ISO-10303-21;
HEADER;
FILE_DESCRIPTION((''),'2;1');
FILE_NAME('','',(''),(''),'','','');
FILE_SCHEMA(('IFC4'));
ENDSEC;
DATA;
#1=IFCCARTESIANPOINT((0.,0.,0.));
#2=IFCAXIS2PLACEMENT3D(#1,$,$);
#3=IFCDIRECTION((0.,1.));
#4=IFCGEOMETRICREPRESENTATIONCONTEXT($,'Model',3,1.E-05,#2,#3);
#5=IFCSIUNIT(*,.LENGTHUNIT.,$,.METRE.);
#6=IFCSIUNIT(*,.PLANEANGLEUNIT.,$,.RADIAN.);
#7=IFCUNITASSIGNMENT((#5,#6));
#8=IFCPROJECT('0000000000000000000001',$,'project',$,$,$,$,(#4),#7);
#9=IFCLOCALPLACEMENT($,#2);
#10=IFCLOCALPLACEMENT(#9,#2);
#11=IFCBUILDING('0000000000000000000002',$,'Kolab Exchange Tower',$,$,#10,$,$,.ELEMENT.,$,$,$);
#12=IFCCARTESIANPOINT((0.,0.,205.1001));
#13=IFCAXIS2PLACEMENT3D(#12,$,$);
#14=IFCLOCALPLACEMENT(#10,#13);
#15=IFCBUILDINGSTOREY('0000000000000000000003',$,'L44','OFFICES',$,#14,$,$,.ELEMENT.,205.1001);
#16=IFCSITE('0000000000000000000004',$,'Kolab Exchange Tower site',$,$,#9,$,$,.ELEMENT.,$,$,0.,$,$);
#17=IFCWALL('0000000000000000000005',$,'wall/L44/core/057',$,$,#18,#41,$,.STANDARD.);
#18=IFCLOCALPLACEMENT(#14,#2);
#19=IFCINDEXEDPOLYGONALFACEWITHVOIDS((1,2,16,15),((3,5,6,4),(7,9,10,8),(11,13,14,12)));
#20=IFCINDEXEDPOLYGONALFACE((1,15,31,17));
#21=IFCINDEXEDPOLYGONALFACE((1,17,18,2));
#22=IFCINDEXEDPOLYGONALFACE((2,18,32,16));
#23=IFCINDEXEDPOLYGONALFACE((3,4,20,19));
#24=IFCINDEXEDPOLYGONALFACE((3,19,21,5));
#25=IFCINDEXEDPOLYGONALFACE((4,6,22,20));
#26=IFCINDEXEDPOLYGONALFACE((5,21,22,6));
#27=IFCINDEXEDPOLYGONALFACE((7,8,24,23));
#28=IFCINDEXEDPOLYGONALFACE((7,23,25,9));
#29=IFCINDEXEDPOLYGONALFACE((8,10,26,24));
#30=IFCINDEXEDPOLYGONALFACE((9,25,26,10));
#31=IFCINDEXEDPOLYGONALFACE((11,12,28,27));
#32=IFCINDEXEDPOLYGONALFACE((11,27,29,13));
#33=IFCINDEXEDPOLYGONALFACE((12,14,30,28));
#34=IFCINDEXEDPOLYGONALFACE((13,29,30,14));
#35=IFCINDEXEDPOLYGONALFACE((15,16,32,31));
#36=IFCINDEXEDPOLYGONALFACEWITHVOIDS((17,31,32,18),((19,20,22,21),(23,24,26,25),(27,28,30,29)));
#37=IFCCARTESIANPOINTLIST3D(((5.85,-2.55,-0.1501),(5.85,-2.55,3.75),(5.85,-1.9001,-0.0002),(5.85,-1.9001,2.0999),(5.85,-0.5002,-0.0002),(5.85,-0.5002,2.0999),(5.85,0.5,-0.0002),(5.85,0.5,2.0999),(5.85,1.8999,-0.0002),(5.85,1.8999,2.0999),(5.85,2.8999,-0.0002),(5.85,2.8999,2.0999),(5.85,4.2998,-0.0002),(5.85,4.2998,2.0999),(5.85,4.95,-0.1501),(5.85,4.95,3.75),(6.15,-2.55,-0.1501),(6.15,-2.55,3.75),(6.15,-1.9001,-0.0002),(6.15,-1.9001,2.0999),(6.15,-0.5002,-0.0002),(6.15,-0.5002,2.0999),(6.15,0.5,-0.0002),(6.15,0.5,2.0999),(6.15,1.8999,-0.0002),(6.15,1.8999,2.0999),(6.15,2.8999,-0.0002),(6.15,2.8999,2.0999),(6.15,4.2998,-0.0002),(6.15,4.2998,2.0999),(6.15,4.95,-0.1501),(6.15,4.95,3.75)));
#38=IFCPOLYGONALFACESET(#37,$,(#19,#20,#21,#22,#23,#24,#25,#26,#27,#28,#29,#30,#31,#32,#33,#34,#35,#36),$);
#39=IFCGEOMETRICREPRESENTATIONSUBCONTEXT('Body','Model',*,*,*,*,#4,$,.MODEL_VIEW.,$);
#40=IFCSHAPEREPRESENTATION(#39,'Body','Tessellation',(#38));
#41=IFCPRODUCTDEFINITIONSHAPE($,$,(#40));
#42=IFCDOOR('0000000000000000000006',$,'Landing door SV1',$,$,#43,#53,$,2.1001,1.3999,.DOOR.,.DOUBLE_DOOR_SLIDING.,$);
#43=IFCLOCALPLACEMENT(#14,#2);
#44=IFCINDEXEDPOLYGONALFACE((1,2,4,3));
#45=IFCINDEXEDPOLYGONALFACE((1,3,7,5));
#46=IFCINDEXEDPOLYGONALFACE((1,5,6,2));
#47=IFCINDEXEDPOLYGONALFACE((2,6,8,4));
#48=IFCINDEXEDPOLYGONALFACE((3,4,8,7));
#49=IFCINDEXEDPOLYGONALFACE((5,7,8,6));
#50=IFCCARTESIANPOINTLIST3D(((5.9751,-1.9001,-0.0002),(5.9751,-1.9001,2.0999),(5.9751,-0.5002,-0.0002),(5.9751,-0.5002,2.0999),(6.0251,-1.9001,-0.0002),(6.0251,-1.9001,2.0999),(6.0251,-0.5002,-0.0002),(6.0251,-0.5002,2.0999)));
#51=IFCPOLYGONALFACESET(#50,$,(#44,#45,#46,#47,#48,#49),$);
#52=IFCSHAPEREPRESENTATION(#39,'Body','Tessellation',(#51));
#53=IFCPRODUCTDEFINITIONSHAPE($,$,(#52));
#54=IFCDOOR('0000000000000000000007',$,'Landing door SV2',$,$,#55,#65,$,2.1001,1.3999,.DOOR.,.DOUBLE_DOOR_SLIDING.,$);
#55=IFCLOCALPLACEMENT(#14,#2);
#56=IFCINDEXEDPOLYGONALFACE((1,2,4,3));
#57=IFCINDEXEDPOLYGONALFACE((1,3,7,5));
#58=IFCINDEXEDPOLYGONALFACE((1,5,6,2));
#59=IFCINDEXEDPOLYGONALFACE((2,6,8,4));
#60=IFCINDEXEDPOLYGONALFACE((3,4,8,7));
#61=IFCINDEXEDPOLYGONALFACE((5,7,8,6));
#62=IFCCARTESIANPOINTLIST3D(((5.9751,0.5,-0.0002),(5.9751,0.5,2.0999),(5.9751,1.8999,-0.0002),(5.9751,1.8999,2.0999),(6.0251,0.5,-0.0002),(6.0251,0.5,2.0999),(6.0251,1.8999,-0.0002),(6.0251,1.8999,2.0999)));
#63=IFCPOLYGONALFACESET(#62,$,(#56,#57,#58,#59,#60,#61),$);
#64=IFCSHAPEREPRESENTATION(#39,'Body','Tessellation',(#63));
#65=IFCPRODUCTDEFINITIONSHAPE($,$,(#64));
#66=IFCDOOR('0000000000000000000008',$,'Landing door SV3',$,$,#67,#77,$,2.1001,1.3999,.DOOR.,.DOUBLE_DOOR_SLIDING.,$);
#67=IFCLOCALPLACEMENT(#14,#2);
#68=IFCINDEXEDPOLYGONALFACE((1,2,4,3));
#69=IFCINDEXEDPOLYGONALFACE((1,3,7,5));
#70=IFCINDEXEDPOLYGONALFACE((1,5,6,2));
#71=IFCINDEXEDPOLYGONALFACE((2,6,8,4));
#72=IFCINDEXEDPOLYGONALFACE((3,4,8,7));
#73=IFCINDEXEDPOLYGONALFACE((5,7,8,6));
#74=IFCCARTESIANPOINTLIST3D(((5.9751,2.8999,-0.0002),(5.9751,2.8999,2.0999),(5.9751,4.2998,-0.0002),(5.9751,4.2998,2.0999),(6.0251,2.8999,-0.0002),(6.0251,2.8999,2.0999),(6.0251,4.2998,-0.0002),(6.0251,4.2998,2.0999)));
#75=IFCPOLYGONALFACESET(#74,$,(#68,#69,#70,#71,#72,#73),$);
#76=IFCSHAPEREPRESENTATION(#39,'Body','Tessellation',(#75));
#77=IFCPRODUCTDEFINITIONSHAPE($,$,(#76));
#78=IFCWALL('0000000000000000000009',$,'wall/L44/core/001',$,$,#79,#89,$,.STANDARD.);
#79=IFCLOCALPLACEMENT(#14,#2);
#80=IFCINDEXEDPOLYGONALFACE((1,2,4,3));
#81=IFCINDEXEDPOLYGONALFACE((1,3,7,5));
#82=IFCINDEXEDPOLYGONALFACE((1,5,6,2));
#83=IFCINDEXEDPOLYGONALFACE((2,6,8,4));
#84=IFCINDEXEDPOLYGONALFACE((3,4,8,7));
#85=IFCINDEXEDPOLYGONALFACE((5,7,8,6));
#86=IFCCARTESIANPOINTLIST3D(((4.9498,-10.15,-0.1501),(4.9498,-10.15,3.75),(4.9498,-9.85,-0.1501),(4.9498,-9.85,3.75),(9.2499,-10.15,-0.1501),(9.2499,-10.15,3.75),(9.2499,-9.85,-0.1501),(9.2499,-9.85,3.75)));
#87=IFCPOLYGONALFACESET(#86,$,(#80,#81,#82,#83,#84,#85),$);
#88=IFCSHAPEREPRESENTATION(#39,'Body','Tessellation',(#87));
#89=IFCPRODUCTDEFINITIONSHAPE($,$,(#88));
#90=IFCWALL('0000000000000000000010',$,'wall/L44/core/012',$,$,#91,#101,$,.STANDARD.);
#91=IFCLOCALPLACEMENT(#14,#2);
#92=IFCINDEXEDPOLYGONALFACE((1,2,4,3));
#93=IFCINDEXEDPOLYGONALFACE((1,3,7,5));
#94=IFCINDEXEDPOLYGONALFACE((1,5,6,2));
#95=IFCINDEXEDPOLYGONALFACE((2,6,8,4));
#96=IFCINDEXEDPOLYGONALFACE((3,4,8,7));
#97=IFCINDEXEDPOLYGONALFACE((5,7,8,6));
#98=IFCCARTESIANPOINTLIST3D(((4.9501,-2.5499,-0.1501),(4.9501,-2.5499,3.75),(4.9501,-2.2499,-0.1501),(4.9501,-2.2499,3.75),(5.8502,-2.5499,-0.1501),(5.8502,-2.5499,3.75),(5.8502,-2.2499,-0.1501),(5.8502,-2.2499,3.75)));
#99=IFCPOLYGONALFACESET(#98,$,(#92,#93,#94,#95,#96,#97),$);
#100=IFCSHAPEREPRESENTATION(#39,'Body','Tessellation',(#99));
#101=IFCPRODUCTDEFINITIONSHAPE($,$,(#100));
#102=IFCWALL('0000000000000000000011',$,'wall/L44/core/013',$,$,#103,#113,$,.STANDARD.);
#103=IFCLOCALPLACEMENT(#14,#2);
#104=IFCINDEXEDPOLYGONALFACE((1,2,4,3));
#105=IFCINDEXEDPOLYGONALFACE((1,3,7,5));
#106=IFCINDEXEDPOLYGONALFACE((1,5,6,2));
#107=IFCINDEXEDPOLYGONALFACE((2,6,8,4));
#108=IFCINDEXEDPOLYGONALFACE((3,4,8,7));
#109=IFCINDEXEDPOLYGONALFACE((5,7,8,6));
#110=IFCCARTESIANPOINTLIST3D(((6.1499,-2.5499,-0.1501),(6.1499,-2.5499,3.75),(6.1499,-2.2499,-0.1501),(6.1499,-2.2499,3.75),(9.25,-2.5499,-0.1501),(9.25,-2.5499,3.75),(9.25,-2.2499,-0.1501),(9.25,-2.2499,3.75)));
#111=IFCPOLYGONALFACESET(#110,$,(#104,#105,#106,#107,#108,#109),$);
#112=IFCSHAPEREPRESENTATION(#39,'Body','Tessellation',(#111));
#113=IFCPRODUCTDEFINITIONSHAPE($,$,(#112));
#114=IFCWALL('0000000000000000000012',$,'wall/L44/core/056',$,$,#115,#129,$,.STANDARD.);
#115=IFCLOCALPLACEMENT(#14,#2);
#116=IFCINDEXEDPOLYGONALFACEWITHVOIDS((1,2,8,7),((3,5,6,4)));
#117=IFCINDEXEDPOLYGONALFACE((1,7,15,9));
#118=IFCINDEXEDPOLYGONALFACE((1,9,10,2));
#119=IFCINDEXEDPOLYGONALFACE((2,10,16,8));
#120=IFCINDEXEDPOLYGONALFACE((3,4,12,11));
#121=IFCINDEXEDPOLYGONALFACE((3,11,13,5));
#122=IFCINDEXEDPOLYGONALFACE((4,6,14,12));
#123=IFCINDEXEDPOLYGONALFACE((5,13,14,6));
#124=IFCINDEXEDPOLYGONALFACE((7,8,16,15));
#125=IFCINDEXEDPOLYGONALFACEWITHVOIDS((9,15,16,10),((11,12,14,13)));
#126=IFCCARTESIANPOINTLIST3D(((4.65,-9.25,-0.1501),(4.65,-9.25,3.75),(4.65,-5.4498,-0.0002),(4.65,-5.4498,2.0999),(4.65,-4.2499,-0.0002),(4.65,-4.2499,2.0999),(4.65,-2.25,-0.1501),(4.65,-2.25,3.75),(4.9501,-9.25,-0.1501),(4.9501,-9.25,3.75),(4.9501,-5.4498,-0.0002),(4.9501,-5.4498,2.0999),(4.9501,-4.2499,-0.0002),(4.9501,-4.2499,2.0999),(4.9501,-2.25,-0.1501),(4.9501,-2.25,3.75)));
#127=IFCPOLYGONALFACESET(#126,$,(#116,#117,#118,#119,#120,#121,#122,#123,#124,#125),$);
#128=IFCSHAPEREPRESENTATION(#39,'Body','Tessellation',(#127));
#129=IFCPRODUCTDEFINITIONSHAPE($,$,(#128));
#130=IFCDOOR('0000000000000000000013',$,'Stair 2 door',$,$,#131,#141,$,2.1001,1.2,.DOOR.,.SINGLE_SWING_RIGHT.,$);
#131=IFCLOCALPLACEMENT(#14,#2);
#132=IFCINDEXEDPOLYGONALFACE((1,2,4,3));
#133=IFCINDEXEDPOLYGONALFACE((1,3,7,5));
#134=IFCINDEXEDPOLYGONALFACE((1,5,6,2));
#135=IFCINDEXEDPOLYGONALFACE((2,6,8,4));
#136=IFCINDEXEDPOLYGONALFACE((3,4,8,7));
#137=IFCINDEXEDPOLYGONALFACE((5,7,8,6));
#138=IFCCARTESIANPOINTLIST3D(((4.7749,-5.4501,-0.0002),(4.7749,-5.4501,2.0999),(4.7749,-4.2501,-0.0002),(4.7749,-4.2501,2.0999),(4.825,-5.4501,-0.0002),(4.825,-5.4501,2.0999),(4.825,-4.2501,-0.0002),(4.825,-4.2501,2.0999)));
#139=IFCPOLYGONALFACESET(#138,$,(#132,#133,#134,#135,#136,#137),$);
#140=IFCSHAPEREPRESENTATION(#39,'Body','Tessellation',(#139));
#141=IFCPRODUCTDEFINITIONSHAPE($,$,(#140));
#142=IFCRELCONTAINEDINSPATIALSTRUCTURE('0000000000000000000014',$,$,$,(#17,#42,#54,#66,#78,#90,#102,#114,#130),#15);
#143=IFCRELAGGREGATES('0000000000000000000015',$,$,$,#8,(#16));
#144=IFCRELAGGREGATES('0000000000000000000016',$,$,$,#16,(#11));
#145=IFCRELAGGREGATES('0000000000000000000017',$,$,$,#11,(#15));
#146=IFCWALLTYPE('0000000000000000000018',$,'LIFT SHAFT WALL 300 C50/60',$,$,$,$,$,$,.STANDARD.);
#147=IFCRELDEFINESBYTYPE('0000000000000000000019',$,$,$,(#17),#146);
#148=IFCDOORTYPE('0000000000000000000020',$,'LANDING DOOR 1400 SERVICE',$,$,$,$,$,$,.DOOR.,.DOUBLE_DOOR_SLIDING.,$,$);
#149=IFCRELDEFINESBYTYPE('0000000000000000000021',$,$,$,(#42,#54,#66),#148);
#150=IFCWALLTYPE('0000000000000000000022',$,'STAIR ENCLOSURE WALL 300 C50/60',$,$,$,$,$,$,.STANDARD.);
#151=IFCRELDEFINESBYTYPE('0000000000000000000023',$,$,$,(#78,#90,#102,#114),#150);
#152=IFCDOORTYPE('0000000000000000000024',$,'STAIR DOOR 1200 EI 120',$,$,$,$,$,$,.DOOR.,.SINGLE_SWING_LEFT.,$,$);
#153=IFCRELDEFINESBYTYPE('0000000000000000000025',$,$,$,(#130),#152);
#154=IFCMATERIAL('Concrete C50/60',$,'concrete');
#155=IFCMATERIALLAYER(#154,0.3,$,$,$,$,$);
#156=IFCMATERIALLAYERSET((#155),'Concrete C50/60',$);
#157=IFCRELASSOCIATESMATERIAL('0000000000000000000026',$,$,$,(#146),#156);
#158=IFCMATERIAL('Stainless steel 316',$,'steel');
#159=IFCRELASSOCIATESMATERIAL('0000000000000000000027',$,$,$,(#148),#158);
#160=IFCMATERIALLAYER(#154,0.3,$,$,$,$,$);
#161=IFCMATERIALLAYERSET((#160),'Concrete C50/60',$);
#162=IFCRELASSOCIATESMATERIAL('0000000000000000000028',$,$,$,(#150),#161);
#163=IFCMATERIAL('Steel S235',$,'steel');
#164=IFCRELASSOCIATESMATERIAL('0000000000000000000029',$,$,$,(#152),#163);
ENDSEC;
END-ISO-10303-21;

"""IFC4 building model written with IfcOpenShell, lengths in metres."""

from ifc_helpers import new_model, si_unit, direction, frame, frame_2d, origin, place, context, subcontext, project, spatial, rectangle, extrude, material, layer, layer_set, type_object, element, fill, save


model = new_model("IFC4")

# Units and contexts
model_context = context("Model", 3, precision=1e-05, world=origin(), true_north=direction((0.0, 1.0)))
body_context = subcontext(model_context, "Body", "Model", "MODEL_VIEW")
ifc_project = project(units=[si_unit("LENGTHUNIT", "METRE"), si_unit("PLANEANGLEUNIT", "RADIAN")], contexts=[model_context])

# Site, building, storey
site_placement = place(None, origin())
site = spatial("IfcSite", under=ifc_project, at=site_placement, Name="Kolab Exchange Tower site", CompositionType="ELEMENT", RefElevation=0.0)
building_placement = place(site_placement, origin())
building = spatial("IfcBuilding", under=site, at=building_placement, Name="Kolab Exchange Tower", CompositionType="ELEMENT")
storey_placement = place(building_placement, frame((0.0, 0.0, 205.1001)))
storey = spatial("IfcBuildingStorey", under=building, at=storey_placement, Name="L44", Description="OFFICES", CompositionType="ELEMENT", Elevation=205.1001)

# Shared definitions
ifc_material_1 = material(Name="Concrete C50/60", Category="concrete")
ifc_layer_1 = layer(ifc_material_1, 0.3)
ifc_layer_set_1 = layer_set([ifc_layer_1], Name="Concrete C50/60")
wall_type_1 = type_object("IfcWallType", Name="LIFT SHAFT WALL 300 C50/60", PredefinedType="STANDARD", material=ifc_layer_set_1)
ifc_material_2 = material(Name="Stainless steel 316", Category="steel")

# Wall, openings, doors
wall_1_placement = place(storey_placement, frame((6.0, -2.55, -0.1501), z_axis=(0.0, 0.0, 1.0), x_axis=(0.0, 1.0, 0.0)))
wall_1 = element("IfcWall", 1, at=wall_1_placement, inside=storey, type_object=wall_type_1, Name="wall/L44/core/057", PredefinedType="STANDARD", context=body_context, shape_type="SweptSolid", body=[
    extrude(rectangle(XDim=7.5, YDim=0.3, at=frame_2d((3.75, 0.0))), origin(), (0.0, 0.0, 1.0), 3.9001),
])
opening_1_placement = place(wall_1_placement, frame((0.6499, 0.0, 0.1499)))
opening_1 = element("IfcOpeningElement", 2, at=opening_1_placement, cuts=wall_1, PredefinedType="OPENING", context=body_context, shape_type="SweptSolid", body=[
    extrude(rectangle(XDim=1.3999, YDim=2.1001, at=frame_2d((0.7, 1.05))), frame((0.0, 0.1602, 0.0), z_axis=(0.0, -1.0, 0.0), x_axis=(1.0, 0.0, 0.0)), (0.0, 0.0, 1.0), 0.3201),
])
opening_2_placement = place(wall_1_placement, frame((3.05, 0.0, 0.1499)))
opening_2 = element("IfcOpeningElement", 3, at=opening_2_placement, cuts=wall_1, PredefinedType="OPENING", context=body_context, shape_type="SweptSolid", body=[
    extrude(rectangle(XDim=1.3999, YDim=2.1001, at=frame_2d((0.7, 1.05))), frame((0.0, 0.1602, 0.0), z_axis=(0.0, -1.0, 0.0), x_axis=(1.0, 0.0, 0.0)), (0.0, 0.0, 1.0), 0.3201),
])
opening_3_placement = place(wall_1_placement, frame((5.45, 0.0, 0.1499)))
opening_3 = element("IfcOpeningElement", 4, at=opening_3_placement, cuts=wall_1, PredefinedType="OPENING", context=body_context, shape_type="SweptSolid", body=[
    extrude(rectangle(XDim=1.3999, YDim=2.1001, at=frame_2d((0.7, 1.05))), frame((0.0, 0.1602, 0.0), z_axis=(0.0, -1.0, 0.0), x_axis=(1.0, 0.0, 0.0)), (0.0, 0.0, 1.0), 0.3201),
])
door_type_1 = type_object("IfcDoorType", Name="LANDING DOOR 1400 SERVICE", OperationType="DOUBLE_DOOR_SLIDING", PredefinedType="DOOR", material=ifc_material_2)
door_1_placement = place(opening_1_placement, origin())
door_1 = element("IfcDoor", 5, at=door_1_placement, inside=storey, type_object=door_type_1, Name="Landing door SV1", OperationType="DOUBLE_DOOR_SLIDING", OverallHeight=2.1001, OverallWidth=1.3999, PredefinedType="DOOR", context=body_context, shape_type="SweptSolid", body=[
    extrude(rectangle(XDim=1.3999, YDim=2.1001, at=frame_2d((0.7, 1.05))), frame((0.0, 0.0249, 0.0), z_axis=(0.0, -1.0, 0.0), x_axis=(1.0, 0.0, 0.0)), (0.0, 0.0, 1.0), 0.05),
])
fill(opening_1, door_1)
door_2_placement = place(opening_2_placement, origin())
door_2 = element("IfcDoor", 6, at=door_2_placement, inside=storey, type_object=door_type_1, Name="Landing door SV2", OperationType="DOUBLE_DOOR_SLIDING", OverallHeight=2.1001, OverallWidth=1.3999, PredefinedType="DOOR", context=body_context, shape_type="SweptSolid", body=[
    extrude(rectangle(XDim=1.3999, YDim=2.1001, at=frame_2d((0.7, 1.05))), frame((0.0, 0.0249, 0.0), z_axis=(0.0, -1.0, 0.0), x_axis=(1.0, 0.0, 0.0)), (0.0, 0.0, 1.0), 0.05),
])
fill(opening_2, door_2)
door_3_placement = place(opening_3_placement, origin())
door_3 = element("IfcDoor", 7, at=door_3_placement, inside=storey, type_object=door_type_1, Name="Landing door SV3", OperationType="DOUBLE_DOOR_SLIDING", OverallHeight=2.1001, OverallWidth=1.3999, PredefinedType="DOOR", context=body_context, shape_type="SweptSolid", body=[
    extrude(rectangle(XDim=1.3999, YDim=2.1001, at=frame_2d((0.7, 1.05))), frame((0.0, 0.0249, 0.0), z_axis=(0.0, -1.0, 0.0), x_axis=(1.0, 0.0, 0.0)), (0.0, 0.0, 1.0), 0.05),
])
fill(opening_3, door_3)

# Walls
ifc_layer_2 = layer(ifc_material_1, 0.3)
ifc_layer_set_2 = layer_set([ifc_layer_2], Name="Concrete C50/60")
wall_type_2 = type_object("IfcWallType", Name="STAIR ENCLOSURE WALL 300 C50/60", PredefinedType="STANDARD", material=ifc_layer_set_2)
wall_2_placement = place(storey_placement, frame((4.95, -10.0, -0.1501), z_axis=(0.0, 0.0, 1.0), x_axis=(1.0, 0.0, 0.0)))
element("IfcWall", 8, at=wall_2_placement, inside=storey, type_object=wall_type_2, Name="wall/L44/core/001", PredefinedType="STANDARD", context=body_context, shape_type="SweptSolid", body=[
    extrude(rectangle(XDim=4.3, YDim=0.3, at=frame_2d((2.1499, 0.0))), origin(), (0.0, 0.0, 1.0), 3.9001),
])
wall_3_placement = place(storey_placement, frame((4.95, -2.3999, -0.1501), z_axis=(0.0, 0.0, 1.0), x_axis=(1.0, 0.0, 0.0)))
element("IfcWall", 9, at=wall_3_placement, inside=storey, type_object=wall_type_2, Name="wall/L44/core/012", PredefinedType="STANDARD", context=body_context, shape_type="SweptSolid", body=[
    extrude(rectangle(XDim=0.9001, YDim=0.3, at=frame_2d((0.4502, 0.0))), origin(), (0.0, 0.0, 1.0), 3.9001),
])
wall_4_placement = place(storey_placement, frame((6.1499, -2.3999, -0.1501), z_axis=(0.0, 0.0, 1.0), x_axis=(1.0, 0.0, 0.0)))
element("IfcWall", 10, at=wall_4_placement, inside=storey, type_object=wall_type_2, Name="wall/L44/core/013", PredefinedType="STANDARD", context=body_context, shape_type="SweptSolid", body=[
    extrude(rectangle(XDim=3.1001, YDim=0.3, at=frame_2d((1.55, 0.0))), origin(), (0.0, 0.0, 1.0), 3.9001),
])

# Wall, opening, door
wall_5_placement = place(storey_placement, frame((4.8, -9.25, -0.1501), z_axis=(0.0, 0.0, 1.0), x_axis=(0.0, 1.0, 0.0)))
wall_5 = element("IfcWall", 11, at=wall_5_placement, inside=storey, type_object=wall_type_2, Name="wall/L44/core/056", PredefinedType="STANDARD", context=body_context, shape_type="SweptSolid", body=[
    extrude(rectangle(XDim=7.0, YDim=0.3, at=frame_2d((3.5, 0.0))), origin(), (0.0, 0.0, 1.0), 3.9001),
])
opening_4_placement = place(wall_5_placement, frame((3.8, 0.0, 0.1499)))
opening_4 = element("IfcOpeningElement", 12, at=opening_4_placement, cuts=wall_5, PredefinedType="OPENING", context=body_context, shape_type="SweptSolid", body=[
    extrude(rectangle(XDim=1.2, YDim=2.1001, at=frame_2d((0.6001, 1.05))), frame((0.0, 0.1602, 0.0), z_axis=(0.0, -1.0, 0.0), x_axis=(1.0, 0.0, 0.0)), (0.0, 0.0, 1.0), 0.3201),
])
ifc_material_3 = material(Name="Steel S235", Category="steel")
door_type_2 = type_object("IfcDoorType", Name="STAIR DOOR 1200 EI 120", OperationType="SINGLE_SWING_LEFT", PredefinedType="DOOR", material=ifc_material_3)
door_4_placement = place(opening_4_placement, frame((1.2, 0.0, 0.0), z_axis=(0.0, 0.0, 1.0), x_axis=(-1.0, 0.0, 0.0)))
door_4 = element("IfcDoor", 13, at=door_4_placement, inside=storey, type_object=door_type_2, Name="Stair 2 door", OperationType="SINGLE_SWING_RIGHT", OverallHeight=2.1001, OverallWidth=1.2, PredefinedType="DOOR", context=body_context, shape_type="SweptSolid", body=[
    extrude(rectangle(XDim=1.2, YDim=2.1001, at=frame_2d((0.6001, 1.05))), frame((0.0, 0.0249, 0.0), z_axis=(0.0, -1.0, 0.0), x_axis=(1.0, 0.0, 0.0)), (0.0, 0.0, 1.0), 0.05),
])
fill(opening_4, door_4)

save(model, "model.ifc")
